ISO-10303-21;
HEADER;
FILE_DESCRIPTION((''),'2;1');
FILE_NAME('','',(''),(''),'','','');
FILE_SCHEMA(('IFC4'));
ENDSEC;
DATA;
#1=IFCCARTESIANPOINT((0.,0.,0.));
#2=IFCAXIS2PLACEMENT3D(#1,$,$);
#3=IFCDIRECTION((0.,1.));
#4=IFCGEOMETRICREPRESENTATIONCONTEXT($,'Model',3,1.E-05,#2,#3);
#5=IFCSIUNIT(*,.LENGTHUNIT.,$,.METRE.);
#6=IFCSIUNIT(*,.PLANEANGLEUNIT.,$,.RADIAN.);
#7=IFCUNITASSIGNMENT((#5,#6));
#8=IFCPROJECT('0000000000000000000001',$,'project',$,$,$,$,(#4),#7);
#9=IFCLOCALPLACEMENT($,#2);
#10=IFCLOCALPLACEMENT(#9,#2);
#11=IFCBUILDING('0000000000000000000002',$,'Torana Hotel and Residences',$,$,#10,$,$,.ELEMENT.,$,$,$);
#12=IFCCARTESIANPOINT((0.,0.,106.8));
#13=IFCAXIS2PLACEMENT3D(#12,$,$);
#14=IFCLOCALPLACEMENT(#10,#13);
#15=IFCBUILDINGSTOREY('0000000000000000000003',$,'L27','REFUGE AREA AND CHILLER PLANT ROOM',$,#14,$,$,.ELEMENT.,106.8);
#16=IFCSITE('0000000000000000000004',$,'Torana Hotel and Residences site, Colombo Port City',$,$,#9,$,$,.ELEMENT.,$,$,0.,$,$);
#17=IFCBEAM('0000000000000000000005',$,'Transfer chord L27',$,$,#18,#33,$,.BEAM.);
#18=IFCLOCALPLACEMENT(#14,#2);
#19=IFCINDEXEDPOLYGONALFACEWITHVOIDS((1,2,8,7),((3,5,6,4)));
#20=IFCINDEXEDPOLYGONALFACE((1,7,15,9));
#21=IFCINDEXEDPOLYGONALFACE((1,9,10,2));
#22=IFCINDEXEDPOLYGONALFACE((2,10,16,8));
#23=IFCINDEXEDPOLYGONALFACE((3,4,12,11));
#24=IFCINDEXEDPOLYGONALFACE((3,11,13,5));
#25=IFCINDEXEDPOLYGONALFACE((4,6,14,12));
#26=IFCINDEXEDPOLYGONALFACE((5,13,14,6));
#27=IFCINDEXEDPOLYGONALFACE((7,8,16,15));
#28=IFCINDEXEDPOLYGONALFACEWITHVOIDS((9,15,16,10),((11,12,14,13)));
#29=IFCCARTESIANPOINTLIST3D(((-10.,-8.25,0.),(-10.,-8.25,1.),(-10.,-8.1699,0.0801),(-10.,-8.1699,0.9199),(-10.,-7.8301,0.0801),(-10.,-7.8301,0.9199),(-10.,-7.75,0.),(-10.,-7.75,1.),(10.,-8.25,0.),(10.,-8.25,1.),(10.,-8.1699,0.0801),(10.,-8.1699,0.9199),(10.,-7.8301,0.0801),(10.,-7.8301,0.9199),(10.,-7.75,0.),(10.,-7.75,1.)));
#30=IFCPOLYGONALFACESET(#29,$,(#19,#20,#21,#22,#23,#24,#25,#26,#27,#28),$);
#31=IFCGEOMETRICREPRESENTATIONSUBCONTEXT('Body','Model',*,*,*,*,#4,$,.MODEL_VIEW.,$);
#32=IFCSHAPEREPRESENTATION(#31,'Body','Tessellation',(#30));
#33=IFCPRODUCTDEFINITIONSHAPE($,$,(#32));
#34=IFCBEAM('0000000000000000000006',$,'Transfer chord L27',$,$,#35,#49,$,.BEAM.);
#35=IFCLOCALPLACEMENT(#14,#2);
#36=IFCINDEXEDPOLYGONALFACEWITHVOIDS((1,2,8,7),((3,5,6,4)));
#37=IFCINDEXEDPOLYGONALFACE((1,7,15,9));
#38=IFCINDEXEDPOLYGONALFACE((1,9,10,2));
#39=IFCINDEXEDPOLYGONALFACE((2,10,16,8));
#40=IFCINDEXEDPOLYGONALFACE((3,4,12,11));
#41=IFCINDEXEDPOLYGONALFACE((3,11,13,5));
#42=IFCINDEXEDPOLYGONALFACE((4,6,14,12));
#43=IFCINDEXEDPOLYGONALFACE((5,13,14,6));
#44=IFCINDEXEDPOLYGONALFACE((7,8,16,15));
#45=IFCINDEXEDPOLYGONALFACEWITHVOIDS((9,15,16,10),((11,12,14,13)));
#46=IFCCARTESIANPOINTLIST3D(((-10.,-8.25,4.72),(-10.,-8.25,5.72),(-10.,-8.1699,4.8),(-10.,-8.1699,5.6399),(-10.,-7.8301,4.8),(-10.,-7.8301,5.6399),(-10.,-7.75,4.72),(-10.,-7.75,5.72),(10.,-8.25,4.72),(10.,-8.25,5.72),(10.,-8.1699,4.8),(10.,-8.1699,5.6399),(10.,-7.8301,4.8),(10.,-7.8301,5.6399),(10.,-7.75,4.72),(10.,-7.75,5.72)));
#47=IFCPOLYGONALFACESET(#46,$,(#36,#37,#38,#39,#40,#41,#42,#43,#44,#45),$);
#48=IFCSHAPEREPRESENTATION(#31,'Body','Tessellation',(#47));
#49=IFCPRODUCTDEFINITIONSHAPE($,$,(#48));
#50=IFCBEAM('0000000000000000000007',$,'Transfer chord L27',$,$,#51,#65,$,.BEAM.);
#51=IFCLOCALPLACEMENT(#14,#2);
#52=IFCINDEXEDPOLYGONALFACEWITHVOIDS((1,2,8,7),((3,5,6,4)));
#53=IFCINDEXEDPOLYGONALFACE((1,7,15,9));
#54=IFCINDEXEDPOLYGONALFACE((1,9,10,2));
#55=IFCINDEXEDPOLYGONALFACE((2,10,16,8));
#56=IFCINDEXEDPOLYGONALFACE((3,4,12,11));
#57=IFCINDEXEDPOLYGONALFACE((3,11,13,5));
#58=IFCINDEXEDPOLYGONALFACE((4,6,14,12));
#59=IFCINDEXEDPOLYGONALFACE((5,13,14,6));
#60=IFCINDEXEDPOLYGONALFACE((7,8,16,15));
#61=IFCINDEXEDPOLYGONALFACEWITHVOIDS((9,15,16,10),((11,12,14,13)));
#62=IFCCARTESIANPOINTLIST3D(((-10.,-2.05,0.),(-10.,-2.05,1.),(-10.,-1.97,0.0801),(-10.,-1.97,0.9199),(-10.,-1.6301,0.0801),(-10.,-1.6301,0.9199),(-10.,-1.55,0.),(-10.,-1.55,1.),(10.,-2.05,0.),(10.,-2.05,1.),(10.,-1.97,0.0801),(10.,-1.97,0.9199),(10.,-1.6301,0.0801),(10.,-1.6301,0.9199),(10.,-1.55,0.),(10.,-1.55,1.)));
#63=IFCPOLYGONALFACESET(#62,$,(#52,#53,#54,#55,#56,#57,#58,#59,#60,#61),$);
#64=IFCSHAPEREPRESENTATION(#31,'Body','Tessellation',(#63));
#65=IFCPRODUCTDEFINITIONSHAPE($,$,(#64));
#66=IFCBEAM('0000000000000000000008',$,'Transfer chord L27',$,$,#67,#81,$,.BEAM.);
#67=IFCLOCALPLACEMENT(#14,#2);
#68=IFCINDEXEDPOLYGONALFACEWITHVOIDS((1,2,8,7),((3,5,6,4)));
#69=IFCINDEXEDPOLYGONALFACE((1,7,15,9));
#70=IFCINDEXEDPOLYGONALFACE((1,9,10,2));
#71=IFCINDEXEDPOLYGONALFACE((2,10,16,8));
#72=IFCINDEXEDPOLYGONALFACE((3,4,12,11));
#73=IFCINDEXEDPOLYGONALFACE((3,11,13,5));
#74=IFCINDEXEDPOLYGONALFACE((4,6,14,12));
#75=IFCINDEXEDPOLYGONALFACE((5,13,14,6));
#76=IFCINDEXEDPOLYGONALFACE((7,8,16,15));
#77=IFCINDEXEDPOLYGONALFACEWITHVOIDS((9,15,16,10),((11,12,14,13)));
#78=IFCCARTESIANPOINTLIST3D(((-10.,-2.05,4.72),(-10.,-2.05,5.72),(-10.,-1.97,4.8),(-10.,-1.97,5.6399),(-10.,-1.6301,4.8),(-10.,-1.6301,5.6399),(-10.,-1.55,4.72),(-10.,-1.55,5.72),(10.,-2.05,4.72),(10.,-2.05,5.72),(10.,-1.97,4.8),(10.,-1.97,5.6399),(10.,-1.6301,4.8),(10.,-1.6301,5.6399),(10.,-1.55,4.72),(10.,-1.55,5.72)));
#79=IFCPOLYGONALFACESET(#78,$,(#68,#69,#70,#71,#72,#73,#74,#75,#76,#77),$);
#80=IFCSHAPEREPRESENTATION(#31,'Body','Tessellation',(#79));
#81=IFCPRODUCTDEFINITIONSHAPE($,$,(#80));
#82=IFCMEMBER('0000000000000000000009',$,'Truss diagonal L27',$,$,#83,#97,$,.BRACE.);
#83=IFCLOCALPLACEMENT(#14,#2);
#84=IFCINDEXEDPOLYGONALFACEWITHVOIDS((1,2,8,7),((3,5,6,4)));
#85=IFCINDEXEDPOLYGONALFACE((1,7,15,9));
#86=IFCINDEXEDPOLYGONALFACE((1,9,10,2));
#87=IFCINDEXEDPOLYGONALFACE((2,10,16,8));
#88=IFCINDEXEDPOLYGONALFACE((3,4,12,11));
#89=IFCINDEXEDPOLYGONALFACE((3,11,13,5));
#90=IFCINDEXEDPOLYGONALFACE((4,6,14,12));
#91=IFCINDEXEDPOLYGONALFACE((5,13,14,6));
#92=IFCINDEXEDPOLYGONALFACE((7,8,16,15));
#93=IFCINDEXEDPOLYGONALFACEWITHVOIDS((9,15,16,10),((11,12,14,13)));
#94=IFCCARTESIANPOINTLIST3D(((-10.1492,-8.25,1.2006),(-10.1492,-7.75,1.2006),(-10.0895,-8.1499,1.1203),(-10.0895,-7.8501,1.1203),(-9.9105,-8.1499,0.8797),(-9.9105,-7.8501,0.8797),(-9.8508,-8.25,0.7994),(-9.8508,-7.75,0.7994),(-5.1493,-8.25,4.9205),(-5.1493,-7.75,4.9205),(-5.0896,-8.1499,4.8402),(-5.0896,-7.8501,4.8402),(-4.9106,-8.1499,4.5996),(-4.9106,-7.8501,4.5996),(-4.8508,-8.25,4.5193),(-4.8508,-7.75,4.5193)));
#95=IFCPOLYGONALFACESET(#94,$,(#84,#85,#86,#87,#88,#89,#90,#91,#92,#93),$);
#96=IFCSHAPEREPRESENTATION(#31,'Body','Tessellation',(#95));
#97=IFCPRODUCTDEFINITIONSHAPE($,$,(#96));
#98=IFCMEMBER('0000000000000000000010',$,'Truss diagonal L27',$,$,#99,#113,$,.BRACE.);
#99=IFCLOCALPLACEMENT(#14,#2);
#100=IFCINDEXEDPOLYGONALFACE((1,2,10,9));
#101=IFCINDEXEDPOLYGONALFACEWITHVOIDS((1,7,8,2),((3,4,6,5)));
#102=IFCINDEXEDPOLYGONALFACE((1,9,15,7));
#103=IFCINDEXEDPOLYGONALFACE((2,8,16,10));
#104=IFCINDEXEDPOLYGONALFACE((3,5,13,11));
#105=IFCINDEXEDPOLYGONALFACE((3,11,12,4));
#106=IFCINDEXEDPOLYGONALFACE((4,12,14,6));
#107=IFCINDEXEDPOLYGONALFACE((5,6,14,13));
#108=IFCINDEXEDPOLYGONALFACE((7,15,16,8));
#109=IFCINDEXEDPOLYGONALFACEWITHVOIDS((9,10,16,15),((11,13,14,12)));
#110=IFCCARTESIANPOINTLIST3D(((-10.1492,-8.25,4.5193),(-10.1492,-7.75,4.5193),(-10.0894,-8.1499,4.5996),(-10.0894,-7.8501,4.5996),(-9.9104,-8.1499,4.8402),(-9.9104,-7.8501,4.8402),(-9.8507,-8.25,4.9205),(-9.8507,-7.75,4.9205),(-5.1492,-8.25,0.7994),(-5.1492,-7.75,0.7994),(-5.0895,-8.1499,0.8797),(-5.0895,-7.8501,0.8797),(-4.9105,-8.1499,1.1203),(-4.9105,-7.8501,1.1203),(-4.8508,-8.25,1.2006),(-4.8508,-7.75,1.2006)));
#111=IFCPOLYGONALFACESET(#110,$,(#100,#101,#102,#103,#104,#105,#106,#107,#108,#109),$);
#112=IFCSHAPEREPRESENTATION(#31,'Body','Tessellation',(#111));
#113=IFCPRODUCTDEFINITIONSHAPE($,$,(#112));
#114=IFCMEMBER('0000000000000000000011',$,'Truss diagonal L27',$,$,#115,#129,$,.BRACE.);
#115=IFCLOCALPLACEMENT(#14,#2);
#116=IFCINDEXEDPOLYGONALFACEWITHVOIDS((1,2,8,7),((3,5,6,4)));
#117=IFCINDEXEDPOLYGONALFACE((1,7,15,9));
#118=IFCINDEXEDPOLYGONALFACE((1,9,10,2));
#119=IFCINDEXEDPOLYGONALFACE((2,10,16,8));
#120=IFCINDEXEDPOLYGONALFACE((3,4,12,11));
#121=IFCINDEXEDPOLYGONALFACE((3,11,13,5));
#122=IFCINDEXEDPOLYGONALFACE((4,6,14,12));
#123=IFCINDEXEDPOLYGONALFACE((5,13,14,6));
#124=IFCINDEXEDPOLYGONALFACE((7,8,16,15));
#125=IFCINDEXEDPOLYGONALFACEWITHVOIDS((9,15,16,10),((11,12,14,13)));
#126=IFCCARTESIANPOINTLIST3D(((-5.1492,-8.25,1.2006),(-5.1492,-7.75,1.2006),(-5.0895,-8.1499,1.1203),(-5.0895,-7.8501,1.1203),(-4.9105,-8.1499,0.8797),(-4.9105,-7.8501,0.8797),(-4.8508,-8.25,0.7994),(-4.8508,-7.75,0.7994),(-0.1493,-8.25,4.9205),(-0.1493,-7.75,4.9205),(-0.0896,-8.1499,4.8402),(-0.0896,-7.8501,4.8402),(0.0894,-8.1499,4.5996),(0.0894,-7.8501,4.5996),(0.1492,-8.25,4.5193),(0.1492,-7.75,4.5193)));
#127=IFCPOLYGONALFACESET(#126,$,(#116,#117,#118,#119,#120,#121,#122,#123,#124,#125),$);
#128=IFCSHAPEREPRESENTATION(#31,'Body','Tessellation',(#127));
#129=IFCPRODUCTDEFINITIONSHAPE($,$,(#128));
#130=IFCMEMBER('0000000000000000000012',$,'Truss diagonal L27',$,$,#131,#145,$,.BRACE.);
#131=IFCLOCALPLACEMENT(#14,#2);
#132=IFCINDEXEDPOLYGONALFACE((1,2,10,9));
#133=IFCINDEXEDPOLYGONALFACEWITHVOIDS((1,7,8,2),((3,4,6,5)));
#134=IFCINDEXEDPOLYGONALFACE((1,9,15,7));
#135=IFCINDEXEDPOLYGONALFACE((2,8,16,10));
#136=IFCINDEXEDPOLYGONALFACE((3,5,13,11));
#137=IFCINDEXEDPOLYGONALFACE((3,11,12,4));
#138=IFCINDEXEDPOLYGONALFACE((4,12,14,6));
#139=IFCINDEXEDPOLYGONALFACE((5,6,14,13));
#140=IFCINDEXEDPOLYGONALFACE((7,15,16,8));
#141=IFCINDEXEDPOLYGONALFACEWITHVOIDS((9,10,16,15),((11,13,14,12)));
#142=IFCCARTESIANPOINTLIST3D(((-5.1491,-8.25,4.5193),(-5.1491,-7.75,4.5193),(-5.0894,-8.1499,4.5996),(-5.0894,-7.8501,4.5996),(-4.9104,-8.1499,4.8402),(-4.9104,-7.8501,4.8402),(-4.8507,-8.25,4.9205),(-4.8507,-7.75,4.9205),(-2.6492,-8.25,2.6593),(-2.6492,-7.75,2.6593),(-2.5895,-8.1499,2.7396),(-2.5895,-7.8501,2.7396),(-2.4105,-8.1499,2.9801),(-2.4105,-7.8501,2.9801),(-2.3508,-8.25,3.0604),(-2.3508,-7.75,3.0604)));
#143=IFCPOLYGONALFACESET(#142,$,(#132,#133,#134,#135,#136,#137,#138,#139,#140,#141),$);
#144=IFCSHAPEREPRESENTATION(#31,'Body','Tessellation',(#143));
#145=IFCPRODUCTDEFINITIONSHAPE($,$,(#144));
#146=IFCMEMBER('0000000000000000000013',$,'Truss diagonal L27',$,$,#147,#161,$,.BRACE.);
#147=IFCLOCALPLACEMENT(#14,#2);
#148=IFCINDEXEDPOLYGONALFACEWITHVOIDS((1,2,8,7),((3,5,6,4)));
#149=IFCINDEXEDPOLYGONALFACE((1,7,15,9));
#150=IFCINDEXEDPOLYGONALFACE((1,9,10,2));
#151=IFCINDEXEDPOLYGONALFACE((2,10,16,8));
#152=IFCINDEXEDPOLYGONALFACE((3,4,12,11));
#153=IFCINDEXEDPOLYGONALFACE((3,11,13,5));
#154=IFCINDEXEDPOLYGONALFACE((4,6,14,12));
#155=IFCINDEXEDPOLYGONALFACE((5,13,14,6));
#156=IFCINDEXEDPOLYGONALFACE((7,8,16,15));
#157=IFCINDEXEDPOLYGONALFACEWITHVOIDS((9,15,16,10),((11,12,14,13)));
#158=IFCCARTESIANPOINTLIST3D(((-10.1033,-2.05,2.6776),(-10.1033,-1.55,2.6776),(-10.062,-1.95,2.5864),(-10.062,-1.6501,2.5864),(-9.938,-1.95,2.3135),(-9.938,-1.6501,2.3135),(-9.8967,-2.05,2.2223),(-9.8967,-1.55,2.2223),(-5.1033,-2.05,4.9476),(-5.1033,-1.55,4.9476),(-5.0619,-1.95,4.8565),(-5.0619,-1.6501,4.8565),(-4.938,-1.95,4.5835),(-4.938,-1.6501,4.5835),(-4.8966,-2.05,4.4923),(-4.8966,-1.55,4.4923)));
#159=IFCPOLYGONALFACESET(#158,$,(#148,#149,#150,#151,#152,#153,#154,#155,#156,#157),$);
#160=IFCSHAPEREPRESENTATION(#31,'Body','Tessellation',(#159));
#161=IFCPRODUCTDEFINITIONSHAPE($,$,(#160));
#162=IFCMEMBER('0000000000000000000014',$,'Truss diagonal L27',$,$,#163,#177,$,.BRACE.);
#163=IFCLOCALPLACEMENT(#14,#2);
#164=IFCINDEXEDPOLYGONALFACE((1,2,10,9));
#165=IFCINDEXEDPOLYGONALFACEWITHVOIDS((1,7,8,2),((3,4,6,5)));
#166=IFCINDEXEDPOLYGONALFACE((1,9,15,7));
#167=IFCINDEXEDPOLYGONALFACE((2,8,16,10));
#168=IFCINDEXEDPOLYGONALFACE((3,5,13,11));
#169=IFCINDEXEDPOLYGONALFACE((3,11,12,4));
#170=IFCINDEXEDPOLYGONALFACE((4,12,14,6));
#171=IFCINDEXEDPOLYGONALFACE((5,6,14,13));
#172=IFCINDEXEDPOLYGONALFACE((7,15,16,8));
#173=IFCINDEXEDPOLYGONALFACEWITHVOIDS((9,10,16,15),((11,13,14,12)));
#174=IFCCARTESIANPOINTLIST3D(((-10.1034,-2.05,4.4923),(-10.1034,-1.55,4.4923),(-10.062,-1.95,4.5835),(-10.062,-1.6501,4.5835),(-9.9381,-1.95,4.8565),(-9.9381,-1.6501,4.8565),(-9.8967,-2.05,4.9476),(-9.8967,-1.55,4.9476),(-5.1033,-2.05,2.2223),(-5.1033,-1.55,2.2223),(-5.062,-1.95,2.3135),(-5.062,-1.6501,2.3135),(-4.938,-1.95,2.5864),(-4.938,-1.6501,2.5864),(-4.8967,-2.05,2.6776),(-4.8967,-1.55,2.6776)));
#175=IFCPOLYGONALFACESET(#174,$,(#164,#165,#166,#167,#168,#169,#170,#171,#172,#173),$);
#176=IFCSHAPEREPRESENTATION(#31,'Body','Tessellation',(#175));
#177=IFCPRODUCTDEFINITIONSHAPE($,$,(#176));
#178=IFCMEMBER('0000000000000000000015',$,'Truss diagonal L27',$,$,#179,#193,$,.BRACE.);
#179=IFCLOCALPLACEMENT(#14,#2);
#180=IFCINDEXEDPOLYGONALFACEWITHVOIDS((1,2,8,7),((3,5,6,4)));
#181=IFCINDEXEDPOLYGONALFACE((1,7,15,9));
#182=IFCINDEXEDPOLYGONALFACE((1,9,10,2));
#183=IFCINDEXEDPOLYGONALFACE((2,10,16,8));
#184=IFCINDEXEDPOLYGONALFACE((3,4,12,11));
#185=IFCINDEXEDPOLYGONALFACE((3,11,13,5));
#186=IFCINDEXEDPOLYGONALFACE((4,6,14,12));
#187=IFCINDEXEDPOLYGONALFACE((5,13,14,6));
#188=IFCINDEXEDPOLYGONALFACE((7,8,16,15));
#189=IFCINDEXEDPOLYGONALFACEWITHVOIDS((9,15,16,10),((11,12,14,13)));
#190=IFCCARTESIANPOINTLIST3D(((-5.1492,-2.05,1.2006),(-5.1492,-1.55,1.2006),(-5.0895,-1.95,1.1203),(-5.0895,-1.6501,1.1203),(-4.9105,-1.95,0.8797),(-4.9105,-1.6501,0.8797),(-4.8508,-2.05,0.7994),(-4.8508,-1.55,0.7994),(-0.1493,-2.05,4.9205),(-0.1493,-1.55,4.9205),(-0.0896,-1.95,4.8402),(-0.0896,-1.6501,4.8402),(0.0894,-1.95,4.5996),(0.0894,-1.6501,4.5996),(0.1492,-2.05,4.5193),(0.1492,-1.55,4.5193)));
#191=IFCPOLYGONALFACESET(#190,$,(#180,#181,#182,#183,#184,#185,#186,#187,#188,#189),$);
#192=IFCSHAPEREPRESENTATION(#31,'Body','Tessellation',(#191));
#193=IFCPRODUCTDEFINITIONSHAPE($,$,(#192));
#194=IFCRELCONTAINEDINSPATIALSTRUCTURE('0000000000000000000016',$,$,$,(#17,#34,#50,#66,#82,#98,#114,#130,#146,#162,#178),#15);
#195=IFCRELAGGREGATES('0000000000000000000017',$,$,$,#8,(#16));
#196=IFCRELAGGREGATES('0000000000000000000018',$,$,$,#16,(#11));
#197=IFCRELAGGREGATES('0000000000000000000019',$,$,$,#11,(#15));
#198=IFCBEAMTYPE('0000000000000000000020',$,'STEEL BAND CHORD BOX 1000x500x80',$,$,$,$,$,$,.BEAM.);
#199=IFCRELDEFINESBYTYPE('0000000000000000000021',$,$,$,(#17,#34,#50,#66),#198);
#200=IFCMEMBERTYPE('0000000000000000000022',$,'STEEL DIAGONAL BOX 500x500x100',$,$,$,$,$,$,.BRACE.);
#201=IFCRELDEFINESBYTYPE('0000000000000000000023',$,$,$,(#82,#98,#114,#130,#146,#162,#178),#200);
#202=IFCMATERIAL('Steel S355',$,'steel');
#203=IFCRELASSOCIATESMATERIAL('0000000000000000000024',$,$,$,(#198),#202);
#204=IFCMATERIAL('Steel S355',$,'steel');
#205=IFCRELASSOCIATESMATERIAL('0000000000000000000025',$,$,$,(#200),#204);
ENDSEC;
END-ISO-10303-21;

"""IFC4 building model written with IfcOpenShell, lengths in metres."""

from ifc_helpers import new_model, si_unit, direction, frame, origin, origin_2d, place, context, subcontext, project, spatial, hollow_rectangle, extrude, material, material_profile, profile_set, type_object, element, save


model = new_model("IFC4")

# Units and contexts
model_context = context("Model", 3, precision=1e-05, world=origin(), true_north=direction((0.0, 1.0)))
body_context = subcontext(model_context, "Body", "Model", "MODEL_VIEW")
ifc_project = project(units=[si_unit("LENGTHUNIT", "METRE"), si_unit("PLANEANGLEUNIT", "RADIAN")], contexts=[model_context])

# Site, building, storey
site_placement = place(None, origin())
site = spatial("IfcSite", under=ifc_project, at=site_placement, Name="Torana Hotel and Residences site, Colombo Port City", CompositionType="ELEMENT", RefElevation=0.0)
building_placement = place(site_placement, origin())
building = spatial("IfcBuilding", under=site, at=building_placement, Name="Torana Hotel and Residences", CompositionType="ELEMENT")
storey_placement = place(building_placement, frame((0.0, 0.0, 106.8)))
storey = spatial("IfcBuildingStorey", under=building, at=storey_placement, Name="L27", Description="REFUGE AREA AND CHILLER PLANT ROOM", CompositionType="ELEMENT", Elevation=106.8)

# Beams
ifc_material_1 = material(Name="Steel S355", Category="steel")
ifc_material_profile_1 = material_profile(ifc_material_1, hollow_rectangle(XDim=0.5, YDim=1.0, WallThickness=0.0801, at=origin_2d()), Name="BOX 1000x500x80")
ifc_profile_set_1 = profile_set([ifc_material_profile_1], Name="Steel S355")
beam_type = type_object("IfcBeamType", Name="STEEL BAND CHORD BOX 1000x500x80", PredefinedType="BEAM", material=ifc_profile_set_1)
for number, where, z_axis, x_axis, name in (
    (1, (-10.0, -8.0, 0.5), (1.0, 0.0, 0.0), (0.0, 1.0, 0.0), "Transfer chord L27"),
    (2, (-10.0, -8.0, 5.22), (1.0, 0.0, 0.0), (0.0, 1.0, 0.0), "Transfer chord L27"),
    (3, (-10.0, -1.8, 0.5), (1.0, 0.0, 0.0), (0.0, 1.0, 0.0), "Transfer chord L27"),
    (4, (-10.0, -1.8, 5.22), (1.0, 0.0, 0.0), (0.0, 1.0, 0.0), "Transfer chord L27"),
):
    element("IfcBeam", number, at=place(storey_placement, frame(where, z_axis=z_axis, x_axis=x_axis)), inside=storey, type_object=beam_type, Name=name, PredefinedType="BEAM", context=body_context, shape_type="SweptSolid", body=[
        extrude(hollow_rectangle(XDim=0.5, YDim=1.0, WallThickness=0.0801, at=origin_2d()), origin(), (0.0, 0.0, 1.0), 20.0),
    ])

# Members
ifc_material_2 = material(Name="Steel S355", Category="steel")
ifc_material_profile_2 = material_profile(ifc_material_2, hollow_rectangle(XDim=0.5, YDim=0.5, WallThickness=0.1001, at=origin_2d()), Name="BOX 500x500x100")
ifc_profile_set_2 = profile_set([ifc_material_profile_2], Name="Steel S355")
member_type_1 = type_object("IfcMemberType", Name="STEEL DIAGONAL BOX 500x500x100", PredefinedType="BRACE", material=ifc_profile_set_2)
for number, where, z_axis, x_axis, name in (
    (5, (-10.0, -8.0, 1.0), (0.802307, 0.0, 0.596912), (0.0, 1.0, 0.0), "Truss diagonal L27"),
    (6, (-5.0, -8.0, 1.0), (-0.802307, 0.0, 0.596912), (0.0, -1.0, 0.0), "Truss diagonal L27"),
    (7, (-5.0, -8.0, 1.0), (0.802307, 0.0, 0.596912), (0.0, 1.0, 0.0), "Truss diagonal L27"),
):
    element("IfcMember", number, at=place(storey_placement, frame(where, z_axis=z_axis, x_axis=x_axis)), inside=storey, type_object=member_type_1, Name=name, PredefinedType="BRACE", context=body_context, shape_type="SweptSolid", body=[
        extrude(hollow_rectangle(XDim=0.5, YDim=0.5, WallThickness=0.1001, at=origin_2d()), origin(), (0.0, 0.0, 1.0), 6.2319),
    ])
member_1_placement = place(storey_placement, frame((-2.5, -8.0, 2.8599), z_axis=(-0.802288, 0.0, 0.596937), x_axis=(0.0, -1.0, 0.0)))
element("IfcMember", 8, at=member_1_placement, inside=storey, type_object=member_type_1, Name="Truss diagonal L27", PredefinedType="BRACE", context=body_context, shape_type="SweptSolid", body=[
    extrude(hollow_rectangle(XDim=0.5, YDim=0.5, WallThickness=0.1001, at=origin_2d()), origin(), (0.0, 0.0, 1.0), 3.116),
])
for number, where, z_axis, x_axis, name in (
    (9, (-10.0, -1.8, 2.45), (0.910552, 0.0, 0.413394), (0.0, 1.0, 0.0), "Truss diagonal L27"),
    (10, (-5.0, -1.8, 2.45), (-0.910552, 0.0, 0.413394), (0.0, -1.0, 0.0), "Truss diagonal L27"),
):
    element("IfcMember", number, at=place(storey_placement, frame(where, z_axis=z_axis, x_axis=x_axis)), inside=storey, type_object=member_type_1, Name=name, PredefinedType="BRACE", context=body_context, shape_type="SweptSolid", body=[
        extrude(hollow_rectangle(XDim=0.5, YDim=0.5, WallThickness=0.1001, at=origin_2d()), origin(), (0.0, 0.0, 1.0), 5.4912),
    ])
member_2_placement = place(storey_placement, frame((-5.0, -1.8, 1.0), z_axis=(0.802307, 0.0, 0.596912), x_axis=(0.0, 1.0, 0.0)))
element("IfcMember", 11, at=member_2_placement, inside=storey, type_object=member_type_1, Name="Truss diagonal L27", PredefinedType="BRACE", context=body_context, shape_type="SweptSolid", body=[
    extrude(hollow_rectangle(XDim=0.5, YDim=0.5, WallThickness=0.1001, at=origin_2d()), origin(), (0.0, 0.0, 1.0), 6.2319),
])

save(model, "model.ifc")
